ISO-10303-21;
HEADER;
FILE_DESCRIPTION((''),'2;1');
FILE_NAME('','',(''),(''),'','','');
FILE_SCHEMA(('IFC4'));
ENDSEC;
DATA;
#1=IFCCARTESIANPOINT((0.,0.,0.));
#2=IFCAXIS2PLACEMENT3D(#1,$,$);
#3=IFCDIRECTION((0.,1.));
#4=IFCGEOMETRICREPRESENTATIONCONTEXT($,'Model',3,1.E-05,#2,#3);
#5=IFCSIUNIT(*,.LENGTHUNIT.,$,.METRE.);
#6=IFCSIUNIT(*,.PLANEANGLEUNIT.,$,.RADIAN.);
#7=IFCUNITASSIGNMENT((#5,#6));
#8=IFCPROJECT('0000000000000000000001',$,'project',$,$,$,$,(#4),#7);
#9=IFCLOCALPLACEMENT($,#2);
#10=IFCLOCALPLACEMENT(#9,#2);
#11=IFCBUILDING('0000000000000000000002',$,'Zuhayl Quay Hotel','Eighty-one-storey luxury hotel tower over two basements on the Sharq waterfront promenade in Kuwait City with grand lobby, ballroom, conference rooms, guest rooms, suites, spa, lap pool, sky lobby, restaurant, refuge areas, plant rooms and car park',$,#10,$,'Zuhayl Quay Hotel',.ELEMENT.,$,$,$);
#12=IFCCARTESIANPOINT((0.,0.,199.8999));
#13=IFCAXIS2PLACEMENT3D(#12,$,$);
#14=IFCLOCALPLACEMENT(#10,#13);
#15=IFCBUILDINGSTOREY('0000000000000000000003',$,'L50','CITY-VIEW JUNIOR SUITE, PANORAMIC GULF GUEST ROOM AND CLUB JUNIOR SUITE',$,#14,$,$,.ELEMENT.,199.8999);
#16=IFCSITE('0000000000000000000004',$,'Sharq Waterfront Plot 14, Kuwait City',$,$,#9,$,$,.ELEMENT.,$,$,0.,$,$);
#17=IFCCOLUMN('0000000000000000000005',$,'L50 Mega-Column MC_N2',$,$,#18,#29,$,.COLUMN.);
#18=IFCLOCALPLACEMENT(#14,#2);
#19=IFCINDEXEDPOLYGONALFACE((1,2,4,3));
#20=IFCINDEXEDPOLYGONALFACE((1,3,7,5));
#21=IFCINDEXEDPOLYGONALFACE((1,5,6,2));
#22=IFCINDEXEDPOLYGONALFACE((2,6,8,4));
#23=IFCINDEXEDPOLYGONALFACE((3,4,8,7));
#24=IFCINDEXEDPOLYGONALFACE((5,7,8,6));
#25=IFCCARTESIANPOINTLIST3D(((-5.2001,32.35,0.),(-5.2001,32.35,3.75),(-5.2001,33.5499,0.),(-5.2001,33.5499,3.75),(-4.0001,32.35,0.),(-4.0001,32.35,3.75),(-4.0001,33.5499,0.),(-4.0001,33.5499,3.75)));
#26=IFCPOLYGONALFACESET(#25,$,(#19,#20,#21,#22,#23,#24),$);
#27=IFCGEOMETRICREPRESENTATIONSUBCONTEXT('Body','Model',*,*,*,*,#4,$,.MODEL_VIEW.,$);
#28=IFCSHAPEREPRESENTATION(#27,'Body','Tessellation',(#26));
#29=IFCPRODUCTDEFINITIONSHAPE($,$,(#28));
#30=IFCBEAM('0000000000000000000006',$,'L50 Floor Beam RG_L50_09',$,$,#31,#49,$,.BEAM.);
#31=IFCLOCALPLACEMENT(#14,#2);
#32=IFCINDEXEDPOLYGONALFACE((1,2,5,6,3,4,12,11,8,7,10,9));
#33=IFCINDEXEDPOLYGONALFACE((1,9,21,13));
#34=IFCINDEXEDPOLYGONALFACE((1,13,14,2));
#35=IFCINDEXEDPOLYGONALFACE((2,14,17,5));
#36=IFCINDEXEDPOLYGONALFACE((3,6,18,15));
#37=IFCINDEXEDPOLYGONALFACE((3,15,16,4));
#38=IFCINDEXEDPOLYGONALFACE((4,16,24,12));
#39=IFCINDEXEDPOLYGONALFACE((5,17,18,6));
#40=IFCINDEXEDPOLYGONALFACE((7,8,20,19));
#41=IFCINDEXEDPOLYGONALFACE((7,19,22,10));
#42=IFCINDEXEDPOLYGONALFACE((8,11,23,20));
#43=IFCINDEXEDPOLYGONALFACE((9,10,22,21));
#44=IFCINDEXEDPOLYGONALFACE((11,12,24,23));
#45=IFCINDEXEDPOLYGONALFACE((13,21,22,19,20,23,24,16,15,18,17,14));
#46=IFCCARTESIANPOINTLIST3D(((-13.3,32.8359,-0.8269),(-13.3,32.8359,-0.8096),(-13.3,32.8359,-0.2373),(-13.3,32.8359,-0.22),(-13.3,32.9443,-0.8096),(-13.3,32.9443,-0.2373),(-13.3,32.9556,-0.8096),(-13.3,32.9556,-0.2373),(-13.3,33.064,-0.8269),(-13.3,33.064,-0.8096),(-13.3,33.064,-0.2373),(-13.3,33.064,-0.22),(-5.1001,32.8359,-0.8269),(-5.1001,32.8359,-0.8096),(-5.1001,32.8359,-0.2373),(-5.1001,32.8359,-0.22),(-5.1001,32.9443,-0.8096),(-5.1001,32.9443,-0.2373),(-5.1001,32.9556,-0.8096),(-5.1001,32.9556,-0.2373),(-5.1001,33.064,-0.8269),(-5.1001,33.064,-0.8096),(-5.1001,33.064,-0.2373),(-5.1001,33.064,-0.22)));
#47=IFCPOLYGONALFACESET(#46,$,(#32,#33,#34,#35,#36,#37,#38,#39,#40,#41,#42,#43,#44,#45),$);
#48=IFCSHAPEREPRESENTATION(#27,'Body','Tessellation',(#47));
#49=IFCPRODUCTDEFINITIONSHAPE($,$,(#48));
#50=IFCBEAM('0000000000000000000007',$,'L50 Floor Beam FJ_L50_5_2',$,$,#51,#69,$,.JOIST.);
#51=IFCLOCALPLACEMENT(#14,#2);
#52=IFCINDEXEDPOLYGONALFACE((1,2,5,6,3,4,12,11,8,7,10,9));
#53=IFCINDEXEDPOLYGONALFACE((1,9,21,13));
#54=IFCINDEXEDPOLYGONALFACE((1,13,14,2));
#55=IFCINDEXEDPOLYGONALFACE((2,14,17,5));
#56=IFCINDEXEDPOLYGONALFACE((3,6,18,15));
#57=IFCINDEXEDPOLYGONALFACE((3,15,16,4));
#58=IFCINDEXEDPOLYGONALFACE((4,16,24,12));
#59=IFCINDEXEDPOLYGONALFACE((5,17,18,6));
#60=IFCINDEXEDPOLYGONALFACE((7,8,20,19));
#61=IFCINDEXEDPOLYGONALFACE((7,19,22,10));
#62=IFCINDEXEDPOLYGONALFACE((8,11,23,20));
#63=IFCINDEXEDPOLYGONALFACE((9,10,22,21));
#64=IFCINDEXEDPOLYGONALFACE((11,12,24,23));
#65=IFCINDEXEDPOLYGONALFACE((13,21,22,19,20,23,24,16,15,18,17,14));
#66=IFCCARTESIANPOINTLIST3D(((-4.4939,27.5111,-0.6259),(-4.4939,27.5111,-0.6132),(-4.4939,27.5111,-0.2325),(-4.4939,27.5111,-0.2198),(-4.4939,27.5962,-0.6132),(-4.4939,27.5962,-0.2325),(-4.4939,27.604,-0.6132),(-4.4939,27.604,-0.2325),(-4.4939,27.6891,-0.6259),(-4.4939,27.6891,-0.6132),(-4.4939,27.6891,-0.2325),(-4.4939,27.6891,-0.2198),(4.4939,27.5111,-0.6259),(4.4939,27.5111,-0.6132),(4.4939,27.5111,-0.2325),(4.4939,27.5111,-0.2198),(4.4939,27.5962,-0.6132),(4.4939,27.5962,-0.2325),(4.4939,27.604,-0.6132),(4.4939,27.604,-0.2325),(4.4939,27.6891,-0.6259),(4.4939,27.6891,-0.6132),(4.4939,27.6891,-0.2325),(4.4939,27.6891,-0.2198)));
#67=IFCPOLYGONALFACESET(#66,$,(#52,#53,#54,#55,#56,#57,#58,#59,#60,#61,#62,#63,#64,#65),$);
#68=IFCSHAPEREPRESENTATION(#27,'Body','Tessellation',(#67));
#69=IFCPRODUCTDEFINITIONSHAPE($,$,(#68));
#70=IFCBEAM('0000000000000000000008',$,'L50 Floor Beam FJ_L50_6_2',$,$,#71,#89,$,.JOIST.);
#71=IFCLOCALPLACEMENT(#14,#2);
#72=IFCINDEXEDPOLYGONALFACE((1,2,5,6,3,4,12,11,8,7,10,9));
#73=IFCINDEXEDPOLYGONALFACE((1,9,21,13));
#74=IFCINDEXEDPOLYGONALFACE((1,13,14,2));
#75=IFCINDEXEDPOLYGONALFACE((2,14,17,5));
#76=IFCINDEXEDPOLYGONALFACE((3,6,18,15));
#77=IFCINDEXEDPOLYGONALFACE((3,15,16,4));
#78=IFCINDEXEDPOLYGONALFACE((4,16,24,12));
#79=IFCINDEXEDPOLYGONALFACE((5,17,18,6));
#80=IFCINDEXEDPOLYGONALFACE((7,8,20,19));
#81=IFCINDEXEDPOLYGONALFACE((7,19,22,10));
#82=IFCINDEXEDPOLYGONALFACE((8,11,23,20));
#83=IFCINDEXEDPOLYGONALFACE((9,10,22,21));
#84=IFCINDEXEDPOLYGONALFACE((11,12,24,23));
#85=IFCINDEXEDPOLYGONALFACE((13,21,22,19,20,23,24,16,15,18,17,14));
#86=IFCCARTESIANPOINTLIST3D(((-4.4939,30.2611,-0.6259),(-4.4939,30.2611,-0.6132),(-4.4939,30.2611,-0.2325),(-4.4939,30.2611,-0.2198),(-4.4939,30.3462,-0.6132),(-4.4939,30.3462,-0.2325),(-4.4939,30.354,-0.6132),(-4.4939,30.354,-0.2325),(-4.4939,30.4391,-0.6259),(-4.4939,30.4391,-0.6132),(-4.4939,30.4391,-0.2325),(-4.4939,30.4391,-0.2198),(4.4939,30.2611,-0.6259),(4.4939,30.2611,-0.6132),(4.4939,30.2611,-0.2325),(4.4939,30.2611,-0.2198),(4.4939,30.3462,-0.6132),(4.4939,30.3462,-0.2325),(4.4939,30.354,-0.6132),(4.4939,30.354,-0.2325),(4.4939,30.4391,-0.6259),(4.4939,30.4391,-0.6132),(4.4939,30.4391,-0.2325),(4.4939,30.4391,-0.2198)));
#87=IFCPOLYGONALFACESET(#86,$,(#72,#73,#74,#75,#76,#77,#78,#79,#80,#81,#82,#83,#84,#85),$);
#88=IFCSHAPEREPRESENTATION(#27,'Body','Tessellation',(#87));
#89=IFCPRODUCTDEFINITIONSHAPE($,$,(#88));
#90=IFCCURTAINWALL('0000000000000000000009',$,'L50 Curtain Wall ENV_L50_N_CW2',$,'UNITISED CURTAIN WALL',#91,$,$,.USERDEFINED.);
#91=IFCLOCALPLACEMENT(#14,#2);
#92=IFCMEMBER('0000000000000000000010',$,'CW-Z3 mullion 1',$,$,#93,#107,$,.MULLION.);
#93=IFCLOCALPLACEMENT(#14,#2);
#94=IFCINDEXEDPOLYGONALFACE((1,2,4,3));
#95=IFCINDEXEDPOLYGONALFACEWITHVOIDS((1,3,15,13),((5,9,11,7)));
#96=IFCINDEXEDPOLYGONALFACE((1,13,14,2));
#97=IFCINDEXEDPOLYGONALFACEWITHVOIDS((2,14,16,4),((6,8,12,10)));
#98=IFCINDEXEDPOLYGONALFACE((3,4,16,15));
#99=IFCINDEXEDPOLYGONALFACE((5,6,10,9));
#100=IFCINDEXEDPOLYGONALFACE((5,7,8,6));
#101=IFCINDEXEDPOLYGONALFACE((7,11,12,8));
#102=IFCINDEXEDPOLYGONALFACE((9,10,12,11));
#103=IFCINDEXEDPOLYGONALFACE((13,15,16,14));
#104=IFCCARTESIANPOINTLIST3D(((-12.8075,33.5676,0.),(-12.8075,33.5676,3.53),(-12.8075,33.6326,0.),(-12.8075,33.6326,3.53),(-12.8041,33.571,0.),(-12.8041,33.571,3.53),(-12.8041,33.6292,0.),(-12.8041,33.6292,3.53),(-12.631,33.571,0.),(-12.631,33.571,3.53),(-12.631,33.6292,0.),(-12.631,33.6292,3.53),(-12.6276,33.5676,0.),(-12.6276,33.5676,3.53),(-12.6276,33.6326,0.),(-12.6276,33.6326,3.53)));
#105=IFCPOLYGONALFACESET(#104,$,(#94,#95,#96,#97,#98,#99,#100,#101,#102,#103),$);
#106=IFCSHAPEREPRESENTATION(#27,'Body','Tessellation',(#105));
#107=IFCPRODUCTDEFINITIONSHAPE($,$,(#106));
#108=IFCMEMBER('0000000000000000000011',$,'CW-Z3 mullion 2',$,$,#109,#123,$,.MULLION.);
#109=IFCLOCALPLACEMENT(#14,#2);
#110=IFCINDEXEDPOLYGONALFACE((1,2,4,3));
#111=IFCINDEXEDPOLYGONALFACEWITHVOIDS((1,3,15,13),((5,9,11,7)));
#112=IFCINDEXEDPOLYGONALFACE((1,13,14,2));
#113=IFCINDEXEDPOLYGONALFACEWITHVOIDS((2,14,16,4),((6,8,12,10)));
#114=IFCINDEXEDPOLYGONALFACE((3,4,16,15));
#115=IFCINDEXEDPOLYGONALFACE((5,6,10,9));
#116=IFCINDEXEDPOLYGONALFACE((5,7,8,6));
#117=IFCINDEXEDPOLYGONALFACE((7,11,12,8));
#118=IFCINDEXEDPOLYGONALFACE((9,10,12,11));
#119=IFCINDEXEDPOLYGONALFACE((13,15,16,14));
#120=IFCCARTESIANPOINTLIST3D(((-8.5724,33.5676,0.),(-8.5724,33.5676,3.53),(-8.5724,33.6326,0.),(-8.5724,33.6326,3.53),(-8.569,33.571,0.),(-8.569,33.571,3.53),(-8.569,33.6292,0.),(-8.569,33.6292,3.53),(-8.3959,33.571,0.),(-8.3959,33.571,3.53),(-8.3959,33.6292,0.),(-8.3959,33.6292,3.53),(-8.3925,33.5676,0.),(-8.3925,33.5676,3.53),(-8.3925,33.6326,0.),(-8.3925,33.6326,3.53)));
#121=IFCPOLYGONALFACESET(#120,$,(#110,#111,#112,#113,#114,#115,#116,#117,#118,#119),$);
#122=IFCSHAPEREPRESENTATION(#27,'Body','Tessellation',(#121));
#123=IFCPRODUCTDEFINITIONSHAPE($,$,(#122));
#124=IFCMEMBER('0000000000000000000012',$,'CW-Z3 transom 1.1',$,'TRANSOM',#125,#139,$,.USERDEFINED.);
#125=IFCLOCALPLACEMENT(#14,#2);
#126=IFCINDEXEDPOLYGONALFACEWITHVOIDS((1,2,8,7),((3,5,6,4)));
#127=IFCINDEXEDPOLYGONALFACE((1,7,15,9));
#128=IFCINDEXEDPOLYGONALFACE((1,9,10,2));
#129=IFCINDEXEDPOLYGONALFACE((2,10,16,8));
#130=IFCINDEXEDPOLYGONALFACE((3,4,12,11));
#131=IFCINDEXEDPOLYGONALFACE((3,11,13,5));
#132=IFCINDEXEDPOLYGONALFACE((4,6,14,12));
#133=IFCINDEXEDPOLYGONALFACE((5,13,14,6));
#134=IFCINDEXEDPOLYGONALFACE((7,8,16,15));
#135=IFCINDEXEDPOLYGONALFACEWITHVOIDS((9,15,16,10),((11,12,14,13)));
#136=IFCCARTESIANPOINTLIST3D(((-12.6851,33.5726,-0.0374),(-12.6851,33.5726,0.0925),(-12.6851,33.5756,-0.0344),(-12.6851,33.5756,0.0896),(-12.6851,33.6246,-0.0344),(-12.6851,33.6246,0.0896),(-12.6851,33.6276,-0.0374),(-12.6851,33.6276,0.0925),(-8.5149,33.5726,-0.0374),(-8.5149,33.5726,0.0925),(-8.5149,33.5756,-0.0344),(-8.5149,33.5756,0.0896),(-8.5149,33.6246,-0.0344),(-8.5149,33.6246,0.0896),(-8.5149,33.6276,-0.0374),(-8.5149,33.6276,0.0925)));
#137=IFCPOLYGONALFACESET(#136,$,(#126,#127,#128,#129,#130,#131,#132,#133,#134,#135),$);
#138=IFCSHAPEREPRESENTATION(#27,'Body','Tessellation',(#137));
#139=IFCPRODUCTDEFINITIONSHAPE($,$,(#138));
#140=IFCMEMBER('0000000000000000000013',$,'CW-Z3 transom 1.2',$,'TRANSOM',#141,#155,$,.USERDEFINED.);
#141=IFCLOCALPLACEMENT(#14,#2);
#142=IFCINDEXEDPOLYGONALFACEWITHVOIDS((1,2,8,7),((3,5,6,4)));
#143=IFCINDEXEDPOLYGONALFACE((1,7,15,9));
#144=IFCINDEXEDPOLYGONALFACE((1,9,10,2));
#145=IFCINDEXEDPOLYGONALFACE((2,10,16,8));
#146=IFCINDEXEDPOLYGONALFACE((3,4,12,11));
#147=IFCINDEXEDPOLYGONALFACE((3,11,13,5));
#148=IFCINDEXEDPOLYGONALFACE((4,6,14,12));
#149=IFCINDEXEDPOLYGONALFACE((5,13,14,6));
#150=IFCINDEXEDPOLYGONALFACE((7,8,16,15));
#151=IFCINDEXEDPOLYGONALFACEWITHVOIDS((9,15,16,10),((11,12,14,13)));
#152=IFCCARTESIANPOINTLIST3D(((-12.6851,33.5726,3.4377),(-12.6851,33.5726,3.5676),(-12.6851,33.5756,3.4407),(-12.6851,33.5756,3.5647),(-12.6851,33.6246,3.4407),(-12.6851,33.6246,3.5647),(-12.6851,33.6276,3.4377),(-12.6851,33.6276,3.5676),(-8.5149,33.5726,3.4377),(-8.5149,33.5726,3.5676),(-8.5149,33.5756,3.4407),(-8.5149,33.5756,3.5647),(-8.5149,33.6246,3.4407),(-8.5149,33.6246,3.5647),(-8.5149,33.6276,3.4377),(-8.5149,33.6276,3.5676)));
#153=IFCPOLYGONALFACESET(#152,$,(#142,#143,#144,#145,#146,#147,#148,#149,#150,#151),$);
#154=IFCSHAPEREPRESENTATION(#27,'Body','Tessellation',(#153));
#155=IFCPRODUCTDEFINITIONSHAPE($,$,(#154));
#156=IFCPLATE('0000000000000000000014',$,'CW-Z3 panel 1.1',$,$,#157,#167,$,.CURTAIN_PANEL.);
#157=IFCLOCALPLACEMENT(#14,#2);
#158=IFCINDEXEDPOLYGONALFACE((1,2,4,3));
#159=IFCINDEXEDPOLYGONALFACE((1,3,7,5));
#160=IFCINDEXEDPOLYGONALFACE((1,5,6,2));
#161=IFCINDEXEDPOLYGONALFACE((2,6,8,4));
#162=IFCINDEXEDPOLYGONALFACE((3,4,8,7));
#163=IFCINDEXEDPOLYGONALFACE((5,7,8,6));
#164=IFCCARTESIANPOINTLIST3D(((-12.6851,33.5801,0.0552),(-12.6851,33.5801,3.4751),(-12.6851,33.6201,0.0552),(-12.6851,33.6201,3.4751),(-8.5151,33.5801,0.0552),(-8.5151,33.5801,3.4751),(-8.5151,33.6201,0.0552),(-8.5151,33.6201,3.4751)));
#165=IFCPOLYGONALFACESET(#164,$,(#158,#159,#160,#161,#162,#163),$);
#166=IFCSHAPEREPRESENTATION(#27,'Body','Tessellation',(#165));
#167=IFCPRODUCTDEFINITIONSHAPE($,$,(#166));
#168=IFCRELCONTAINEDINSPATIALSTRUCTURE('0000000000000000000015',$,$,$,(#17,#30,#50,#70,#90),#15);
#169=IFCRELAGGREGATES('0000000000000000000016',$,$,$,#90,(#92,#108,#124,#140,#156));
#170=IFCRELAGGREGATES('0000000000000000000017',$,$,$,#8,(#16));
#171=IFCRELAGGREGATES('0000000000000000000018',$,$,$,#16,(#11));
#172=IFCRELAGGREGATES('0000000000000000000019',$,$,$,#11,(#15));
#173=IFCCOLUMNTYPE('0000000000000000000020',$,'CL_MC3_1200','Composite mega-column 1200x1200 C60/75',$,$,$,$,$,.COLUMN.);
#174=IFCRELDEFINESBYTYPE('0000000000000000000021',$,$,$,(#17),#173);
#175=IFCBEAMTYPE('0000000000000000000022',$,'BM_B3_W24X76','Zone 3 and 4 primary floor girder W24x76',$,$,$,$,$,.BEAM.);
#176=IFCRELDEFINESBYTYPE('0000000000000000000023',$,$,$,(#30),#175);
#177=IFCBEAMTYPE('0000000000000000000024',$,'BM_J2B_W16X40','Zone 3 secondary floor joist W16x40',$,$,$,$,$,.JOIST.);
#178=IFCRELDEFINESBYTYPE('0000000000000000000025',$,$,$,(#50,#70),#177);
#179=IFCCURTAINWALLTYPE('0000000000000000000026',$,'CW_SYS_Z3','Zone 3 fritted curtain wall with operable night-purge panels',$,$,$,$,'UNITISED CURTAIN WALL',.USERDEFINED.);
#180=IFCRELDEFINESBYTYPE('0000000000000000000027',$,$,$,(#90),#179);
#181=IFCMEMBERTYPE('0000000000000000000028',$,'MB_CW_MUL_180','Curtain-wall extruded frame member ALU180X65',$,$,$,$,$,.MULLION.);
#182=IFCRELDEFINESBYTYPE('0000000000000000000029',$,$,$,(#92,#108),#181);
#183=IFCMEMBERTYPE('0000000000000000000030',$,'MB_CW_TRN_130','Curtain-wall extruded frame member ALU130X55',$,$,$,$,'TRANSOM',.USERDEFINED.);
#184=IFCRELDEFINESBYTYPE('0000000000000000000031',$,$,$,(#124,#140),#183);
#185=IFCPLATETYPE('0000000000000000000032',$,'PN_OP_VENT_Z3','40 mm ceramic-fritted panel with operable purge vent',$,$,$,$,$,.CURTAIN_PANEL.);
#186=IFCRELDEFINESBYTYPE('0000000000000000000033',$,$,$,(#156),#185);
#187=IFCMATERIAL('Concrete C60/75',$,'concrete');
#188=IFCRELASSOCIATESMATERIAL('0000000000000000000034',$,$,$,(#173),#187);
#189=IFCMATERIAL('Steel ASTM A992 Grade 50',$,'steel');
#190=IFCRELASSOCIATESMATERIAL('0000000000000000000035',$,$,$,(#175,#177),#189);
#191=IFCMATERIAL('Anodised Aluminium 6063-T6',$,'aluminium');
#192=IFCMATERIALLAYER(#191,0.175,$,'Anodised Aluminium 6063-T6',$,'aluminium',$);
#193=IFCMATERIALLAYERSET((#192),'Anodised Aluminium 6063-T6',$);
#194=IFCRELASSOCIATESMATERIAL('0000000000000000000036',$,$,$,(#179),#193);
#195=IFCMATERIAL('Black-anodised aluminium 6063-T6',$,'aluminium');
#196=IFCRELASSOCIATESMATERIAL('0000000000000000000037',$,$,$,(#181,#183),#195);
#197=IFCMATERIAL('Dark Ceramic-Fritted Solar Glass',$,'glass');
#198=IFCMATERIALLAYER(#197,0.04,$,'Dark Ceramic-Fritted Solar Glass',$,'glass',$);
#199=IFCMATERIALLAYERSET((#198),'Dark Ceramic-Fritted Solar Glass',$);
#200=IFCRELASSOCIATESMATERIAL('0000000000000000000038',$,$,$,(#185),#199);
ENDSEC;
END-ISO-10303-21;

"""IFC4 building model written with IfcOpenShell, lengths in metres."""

from ifc_helpers import new_model, si_unit, direction, frame, origin, origin_2d, place, context, subcontext, project, spatial, rectangle, hollow_rectangle, i_section, extrude, material, layer, layer_set, material_profile, profile_set, type_object, element, aggregate, save


model = new_model("IFC4")

# Units and contexts
model_context = context("Model", 3, precision=1e-05, world=origin(), true_north=direction((0.0, 1.0)))
body_context = subcontext(model_context, "Body", "Model", "MODEL_VIEW")
ifc_project = project(units=[si_unit("LENGTHUNIT", "METRE"), si_unit("PLANEANGLEUNIT", "RADIAN")], contexts=[model_context])

# Site, building, storey
site_placement = place(None, origin())
site = spatial("IfcSite", under=ifc_project, at=site_placement, Name="Sharq Waterfront Plot 14, Kuwait City", CompositionType="ELEMENT", RefElevation=0.0)
building_placement = place(site_placement, origin())
building = spatial("IfcBuilding", under=site, at=building_placement, Name="Zuhayl Quay Hotel", Description="Eighty-one-storey luxury hotel tower over two basements on the Sharq waterfront promenade in Kuwait City with grand lobby, ballroom, conference rooms, guest rooms, suites, spa, lap pool, sky lobby, restaurant, refuge areas, plant rooms and car park", LongName="Zuhayl Quay Hotel", CompositionType="ELEMENT")
storey_placement = place(building_placement, frame((0.0, 0.0, 199.8999)))
storey = spatial("IfcBuildingStorey", under=building, at=storey_placement, Name="L50", Description="CITY-VIEW JUNIOR SUITE, PANORAMIC GULF GUEST ROOM AND CLUB JUNIOR SUITE", CompositionType="ELEMENT", Elevation=199.8999)

# Column
ifc_material_1 = material(Name="Concrete C60/75", Category="concrete")
ifc_material_profile_1 = material_profile(ifc_material_1, rectangle(XDim=1.2, YDim=1.2, at=origin_2d()), Name="RC1200X1200")
ifc_profile_set_1 = profile_set([ifc_material_profile_1], Name="Concrete C60/75")
column_type = type_object("IfcColumnType", Name="CL_MC3_1200", Description="Composite mega-column 1200x1200 C60/75", PredefinedType="COLUMN", material=ifc_profile_set_1)
column_placement = place(storey_placement, frame((-4.6001, 32.95, 0.0), z_axis=(0.0, 0.0, 1.0), x_axis=(1.0, 0.0, 0.0)))
element("IfcColumn", 1, at=column_placement, inside=storey, type_object=column_type, Name="L50 Mega-Column MC_N2", PredefinedType="COLUMN", context=body_context, shape_type="SweptSolid", body=[
    extrude(rectangle(XDim=1.2, YDim=1.2, at=origin_2d()), origin(), (0.0, 0.0, 1.0), 3.75),
])

# Beams
ifc_material_2 = material(Name="Steel ASTM A992 Grade 50", Category="steel")
ifc_material_profile_2 = material_profile(ifc_material_2, i_section(OverallWidth=0.228, OverallDepth=0.6069, WebThickness=0.0112, FlangeThickness=0.0173, at=origin_2d()), Name="W24X76")
ifc_profile_set_2 = profile_set([ifc_material_profile_2], Name="Steel ASTM A992 Grade 50")
beam_type_1 = type_object("IfcBeamType", Name="BM_B3_W24X76", Description="Zone 3 and 4 primary floor girder W24x76", PredefinedType="BEAM", material=ifc_profile_set_2)
beam_placement = place(storey_placement, frame((-5.1001, 32.95, -0.5234), z_axis=(-1.0, 0.0, 0.0), x_axis=(0.0, -1.0, 0.0)))
element("IfcBeam", 2, at=beam_placement, inside=storey, type_object=beam_type_1, Name="L50 Floor Beam RG_L50_09", PredefinedType="BEAM", context=body_context, shape_type="SweptSolid", body=[
    extrude(i_section(OverallWidth=0.228, OverallDepth=0.6069, WebThickness=0.0112, FlangeThickness=0.0173, at=origin_2d()), origin(), (0.0, 0.0, 1.0), 8.2),
])
ifc_material_profile_3 = material_profile(ifc_material_2, i_section(OverallWidth=0.178, OverallDepth=0.406, WebThickness=0.0078, FlangeThickness=0.0127, at=origin_2d()), Name="W16X40")
ifc_profile_set_3 = profile_set([ifc_material_profile_3], Name="Steel ASTM A992 Grade 50")
beam_type_2 = type_object("IfcBeamType", Name="BM_J2B_W16X40", Description="Zone 3 secondary floor joist W16x40", PredefinedType="JOIST", material=ifc_profile_set_3)
for number, where, z_axis, x_axis, name in (
    (3, (-4.4939, 27.6001, -0.4229), (1.0, 0.0, 0.0), (0.0, 1.0, 0.0), "L50 Floor Beam FJ_L50_5_2"),
    (4, (-4.4939, 30.3501, -0.4229), (1.0, 0.0, 0.0), (0.0, 1.0, 0.0), "L50 Floor Beam FJ_L50_6_2"),
):
    element("IfcBeam", number, at=place(storey_placement, frame(where, z_axis=z_axis, x_axis=x_axis)), inside=storey, type_object=beam_type_2, Name=name, PredefinedType="JOIST", context=body_context, shape_type="SweptSolid", body=[
        extrude(i_section(OverallWidth=0.178, OverallDepth=0.406, WebThickness=0.0078, FlangeThickness=0.0127, at=origin_2d()), origin(), (0.0, 0.0, 1.0), 8.9878),
    ])

# Curtain wall, members, plate
ifc_material_3 = material(Name="Anodised Aluminium 6063-T6", Category="aluminium")
ifc_layer_1 = layer(ifc_material_3, 0.175, Name="Anodised Aluminium 6063-T6", Category="aluminium")
ifc_layer_set_1 = layer_set([ifc_layer_1], Name="Anodised Aluminium 6063-T6")
curtain_wall_type = type_object("IfcCurtainWallType", Name="CW_SYS_Z3", Description="Zone 3 fritted curtain wall with operable night-purge panels", ElementType="UNITISED CURTAIN WALL", PredefinedType="USERDEFINED", material=ifc_layer_set_1)
curtain_wall_placement = place(storey_placement, origin())
curtain_wall = element("IfcCurtainWall", 5, at=curtain_wall_placement, inside=storey, type_object=curtain_wall_type, Name="L50 Curtain Wall ENV_L50_N_CW2", ObjectType="UNITISED CURTAIN WALL", PredefinedType="USERDEFINED")
ifc_material_4 = material(Name="Black-anodised aluminium 6063-T6", Category="aluminium")
ifc_material_profile_4 = material_profile(ifc_material_4, hollow_rectangle(XDim=0.0649, YDim=0.1799, WallThickness=0.0034, at=origin_2d()), Name="ALU180X65")
ifc_profile_set_4 = profile_set([ifc_material_profile_4], Name="Black-anodised aluminium 6063-T6")
member_type_1 = type_object("IfcMemberType", Name="MB_CW_MUL_180", Description="Curtain-wall extruded frame member ALU180X65", PredefinedType="MULLION", material=ifc_profile_set_4)
member_1_placement = place(storey_placement, frame((-12.7175, 33.6001, 0.0), z_axis=(0.0, 0.0, 1.0), x_axis=(0.0, 1.0, 0.0)))
member_1 = element("IfcMember", 6, at=member_1_placement, type_object=member_type_1, Name="CW-Z3 mullion 1", PredefinedType="MULLION", context=body_context, shape_type="SweptSolid", body=[
    extrude(hollow_rectangle(XDim=0.0649, YDim=0.1799, WallThickness=0.0034, at=origin_2d()), origin(), (0.0, 0.0, 1.0), 3.53),
])
member_2_placement = place(storey_placement, frame((-8.4824, 33.6001, 0.0), z_axis=(0.0, 0.0, 1.0), x_axis=(0.0, 1.0, 0.0)))
member_2 = element("IfcMember", 7, at=member_2_placement, type_object=member_type_1, Name="CW-Z3 mullion 2", PredefinedType="MULLION", context=body_context, shape_type="SweptSolid", body=[
    extrude(hollow_rectangle(XDim=0.0649, YDim=0.1799, WallThickness=0.0034, at=origin_2d()), origin(), (0.0, 0.0, 1.0), 3.53),
])
ifc_material_profile_5 = material_profile(ifc_material_4, hollow_rectangle(XDim=0.0549, YDim=0.1299, WallThickness=0.0029, at=origin_2d()), Name="ALU130X55")
ifc_profile_set_5 = profile_set([ifc_material_profile_5], Name="Black-anodised aluminium 6063-T6")
member_type_2 = type_object("IfcMemberType", Name="MB_CW_TRN_130", Description="Curtain-wall extruded frame member ALU130X55", ElementType="TRANSOM", PredefinedType="USERDEFINED", material=ifc_profile_set_5)
member_3_placement = place(storey_placement, frame((-12.6851, 33.6001, 0.0276), z_axis=(1.0, 0.0, 0.0), x_axis=(0.0, 1.0, 0.0)))
member_3 = element("IfcMember", 8, at=member_3_placement, type_object=member_type_2, Name="CW-Z3 transom 1.1", ObjectType="TRANSOM", PredefinedType="USERDEFINED", context=body_context, shape_type="SweptSolid", body=[
    extrude(hollow_rectangle(XDim=0.0549, YDim=0.1299, WallThickness=0.0029, at=origin_2d()), origin(), (0.0, 0.0, 1.0), 4.1702),
])
member_4_placement = place(storey_placement, frame((-12.6851, 33.6001, 3.5027), z_axis=(1.0, 0.0, 0.0), x_axis=(0.0, 1.0, 0.0)))
member_4 = element("IfcMember", 9, at=member_4_placement, type_object=member_type_2, Name="CW-Z3 transom 1.2", ObjectType="TRANSOM", PredefinedType="USERDEFINED", context=body_context, shape_type="SweptSolid", body=[
    extrude(hollow_rectangle(XDim=0.0549, YDim=0.1299, WallThickness=0.0029, at=origin_2d()), origin(), (0.0, 0.0, 1.0), 4.1702),
])
ifc_material_5 = material(Name="Dark Ceramic-Fritted Solar Glass", Category="glass")
ifc_layer_2 = layer(ifc_material_5, 0.04, Name="Dark Ceramic-Fritted Solar Glass", Category="glass")
ifc_layer_set_2 = layer_set([ifc_layer_2], Name="Dark Ceramic-Fritted Solar Glass")
plate_type = type_object("IfcPlateType", Name="PN_OP_VENT_Z3", Description="40 mm ceramic-fritted panel with operable purge vent", PredefinedType="CURTAIN_PANEL", material=ifc_layer_set_2)
plate_placement = place(storey_placement, frame((-10.6001, 33.6001, 0.0552), z_axis=(0.0, 0.0, 1.0), x_axis=(1.0, 0.0, 0.0)))
plate = element("IfcPlate", 10, at=plate_placement, type_object=plate_type, Name="CW-Z3 panel 1.1", PredefinedType="CURTAIN_PANEL", context=body_context, shape_type="SweptSolid", body=[
    extrude(rectangle(XDim=4.1699, YDim=0.04, at=origin_2d()), origin(), (0.0, 0.0, 1.0), 3.4199),
])
aggregate(curtain_wall, [member_1, member_2, member_3, member_4, plate])

save(model, "model.ifc")
